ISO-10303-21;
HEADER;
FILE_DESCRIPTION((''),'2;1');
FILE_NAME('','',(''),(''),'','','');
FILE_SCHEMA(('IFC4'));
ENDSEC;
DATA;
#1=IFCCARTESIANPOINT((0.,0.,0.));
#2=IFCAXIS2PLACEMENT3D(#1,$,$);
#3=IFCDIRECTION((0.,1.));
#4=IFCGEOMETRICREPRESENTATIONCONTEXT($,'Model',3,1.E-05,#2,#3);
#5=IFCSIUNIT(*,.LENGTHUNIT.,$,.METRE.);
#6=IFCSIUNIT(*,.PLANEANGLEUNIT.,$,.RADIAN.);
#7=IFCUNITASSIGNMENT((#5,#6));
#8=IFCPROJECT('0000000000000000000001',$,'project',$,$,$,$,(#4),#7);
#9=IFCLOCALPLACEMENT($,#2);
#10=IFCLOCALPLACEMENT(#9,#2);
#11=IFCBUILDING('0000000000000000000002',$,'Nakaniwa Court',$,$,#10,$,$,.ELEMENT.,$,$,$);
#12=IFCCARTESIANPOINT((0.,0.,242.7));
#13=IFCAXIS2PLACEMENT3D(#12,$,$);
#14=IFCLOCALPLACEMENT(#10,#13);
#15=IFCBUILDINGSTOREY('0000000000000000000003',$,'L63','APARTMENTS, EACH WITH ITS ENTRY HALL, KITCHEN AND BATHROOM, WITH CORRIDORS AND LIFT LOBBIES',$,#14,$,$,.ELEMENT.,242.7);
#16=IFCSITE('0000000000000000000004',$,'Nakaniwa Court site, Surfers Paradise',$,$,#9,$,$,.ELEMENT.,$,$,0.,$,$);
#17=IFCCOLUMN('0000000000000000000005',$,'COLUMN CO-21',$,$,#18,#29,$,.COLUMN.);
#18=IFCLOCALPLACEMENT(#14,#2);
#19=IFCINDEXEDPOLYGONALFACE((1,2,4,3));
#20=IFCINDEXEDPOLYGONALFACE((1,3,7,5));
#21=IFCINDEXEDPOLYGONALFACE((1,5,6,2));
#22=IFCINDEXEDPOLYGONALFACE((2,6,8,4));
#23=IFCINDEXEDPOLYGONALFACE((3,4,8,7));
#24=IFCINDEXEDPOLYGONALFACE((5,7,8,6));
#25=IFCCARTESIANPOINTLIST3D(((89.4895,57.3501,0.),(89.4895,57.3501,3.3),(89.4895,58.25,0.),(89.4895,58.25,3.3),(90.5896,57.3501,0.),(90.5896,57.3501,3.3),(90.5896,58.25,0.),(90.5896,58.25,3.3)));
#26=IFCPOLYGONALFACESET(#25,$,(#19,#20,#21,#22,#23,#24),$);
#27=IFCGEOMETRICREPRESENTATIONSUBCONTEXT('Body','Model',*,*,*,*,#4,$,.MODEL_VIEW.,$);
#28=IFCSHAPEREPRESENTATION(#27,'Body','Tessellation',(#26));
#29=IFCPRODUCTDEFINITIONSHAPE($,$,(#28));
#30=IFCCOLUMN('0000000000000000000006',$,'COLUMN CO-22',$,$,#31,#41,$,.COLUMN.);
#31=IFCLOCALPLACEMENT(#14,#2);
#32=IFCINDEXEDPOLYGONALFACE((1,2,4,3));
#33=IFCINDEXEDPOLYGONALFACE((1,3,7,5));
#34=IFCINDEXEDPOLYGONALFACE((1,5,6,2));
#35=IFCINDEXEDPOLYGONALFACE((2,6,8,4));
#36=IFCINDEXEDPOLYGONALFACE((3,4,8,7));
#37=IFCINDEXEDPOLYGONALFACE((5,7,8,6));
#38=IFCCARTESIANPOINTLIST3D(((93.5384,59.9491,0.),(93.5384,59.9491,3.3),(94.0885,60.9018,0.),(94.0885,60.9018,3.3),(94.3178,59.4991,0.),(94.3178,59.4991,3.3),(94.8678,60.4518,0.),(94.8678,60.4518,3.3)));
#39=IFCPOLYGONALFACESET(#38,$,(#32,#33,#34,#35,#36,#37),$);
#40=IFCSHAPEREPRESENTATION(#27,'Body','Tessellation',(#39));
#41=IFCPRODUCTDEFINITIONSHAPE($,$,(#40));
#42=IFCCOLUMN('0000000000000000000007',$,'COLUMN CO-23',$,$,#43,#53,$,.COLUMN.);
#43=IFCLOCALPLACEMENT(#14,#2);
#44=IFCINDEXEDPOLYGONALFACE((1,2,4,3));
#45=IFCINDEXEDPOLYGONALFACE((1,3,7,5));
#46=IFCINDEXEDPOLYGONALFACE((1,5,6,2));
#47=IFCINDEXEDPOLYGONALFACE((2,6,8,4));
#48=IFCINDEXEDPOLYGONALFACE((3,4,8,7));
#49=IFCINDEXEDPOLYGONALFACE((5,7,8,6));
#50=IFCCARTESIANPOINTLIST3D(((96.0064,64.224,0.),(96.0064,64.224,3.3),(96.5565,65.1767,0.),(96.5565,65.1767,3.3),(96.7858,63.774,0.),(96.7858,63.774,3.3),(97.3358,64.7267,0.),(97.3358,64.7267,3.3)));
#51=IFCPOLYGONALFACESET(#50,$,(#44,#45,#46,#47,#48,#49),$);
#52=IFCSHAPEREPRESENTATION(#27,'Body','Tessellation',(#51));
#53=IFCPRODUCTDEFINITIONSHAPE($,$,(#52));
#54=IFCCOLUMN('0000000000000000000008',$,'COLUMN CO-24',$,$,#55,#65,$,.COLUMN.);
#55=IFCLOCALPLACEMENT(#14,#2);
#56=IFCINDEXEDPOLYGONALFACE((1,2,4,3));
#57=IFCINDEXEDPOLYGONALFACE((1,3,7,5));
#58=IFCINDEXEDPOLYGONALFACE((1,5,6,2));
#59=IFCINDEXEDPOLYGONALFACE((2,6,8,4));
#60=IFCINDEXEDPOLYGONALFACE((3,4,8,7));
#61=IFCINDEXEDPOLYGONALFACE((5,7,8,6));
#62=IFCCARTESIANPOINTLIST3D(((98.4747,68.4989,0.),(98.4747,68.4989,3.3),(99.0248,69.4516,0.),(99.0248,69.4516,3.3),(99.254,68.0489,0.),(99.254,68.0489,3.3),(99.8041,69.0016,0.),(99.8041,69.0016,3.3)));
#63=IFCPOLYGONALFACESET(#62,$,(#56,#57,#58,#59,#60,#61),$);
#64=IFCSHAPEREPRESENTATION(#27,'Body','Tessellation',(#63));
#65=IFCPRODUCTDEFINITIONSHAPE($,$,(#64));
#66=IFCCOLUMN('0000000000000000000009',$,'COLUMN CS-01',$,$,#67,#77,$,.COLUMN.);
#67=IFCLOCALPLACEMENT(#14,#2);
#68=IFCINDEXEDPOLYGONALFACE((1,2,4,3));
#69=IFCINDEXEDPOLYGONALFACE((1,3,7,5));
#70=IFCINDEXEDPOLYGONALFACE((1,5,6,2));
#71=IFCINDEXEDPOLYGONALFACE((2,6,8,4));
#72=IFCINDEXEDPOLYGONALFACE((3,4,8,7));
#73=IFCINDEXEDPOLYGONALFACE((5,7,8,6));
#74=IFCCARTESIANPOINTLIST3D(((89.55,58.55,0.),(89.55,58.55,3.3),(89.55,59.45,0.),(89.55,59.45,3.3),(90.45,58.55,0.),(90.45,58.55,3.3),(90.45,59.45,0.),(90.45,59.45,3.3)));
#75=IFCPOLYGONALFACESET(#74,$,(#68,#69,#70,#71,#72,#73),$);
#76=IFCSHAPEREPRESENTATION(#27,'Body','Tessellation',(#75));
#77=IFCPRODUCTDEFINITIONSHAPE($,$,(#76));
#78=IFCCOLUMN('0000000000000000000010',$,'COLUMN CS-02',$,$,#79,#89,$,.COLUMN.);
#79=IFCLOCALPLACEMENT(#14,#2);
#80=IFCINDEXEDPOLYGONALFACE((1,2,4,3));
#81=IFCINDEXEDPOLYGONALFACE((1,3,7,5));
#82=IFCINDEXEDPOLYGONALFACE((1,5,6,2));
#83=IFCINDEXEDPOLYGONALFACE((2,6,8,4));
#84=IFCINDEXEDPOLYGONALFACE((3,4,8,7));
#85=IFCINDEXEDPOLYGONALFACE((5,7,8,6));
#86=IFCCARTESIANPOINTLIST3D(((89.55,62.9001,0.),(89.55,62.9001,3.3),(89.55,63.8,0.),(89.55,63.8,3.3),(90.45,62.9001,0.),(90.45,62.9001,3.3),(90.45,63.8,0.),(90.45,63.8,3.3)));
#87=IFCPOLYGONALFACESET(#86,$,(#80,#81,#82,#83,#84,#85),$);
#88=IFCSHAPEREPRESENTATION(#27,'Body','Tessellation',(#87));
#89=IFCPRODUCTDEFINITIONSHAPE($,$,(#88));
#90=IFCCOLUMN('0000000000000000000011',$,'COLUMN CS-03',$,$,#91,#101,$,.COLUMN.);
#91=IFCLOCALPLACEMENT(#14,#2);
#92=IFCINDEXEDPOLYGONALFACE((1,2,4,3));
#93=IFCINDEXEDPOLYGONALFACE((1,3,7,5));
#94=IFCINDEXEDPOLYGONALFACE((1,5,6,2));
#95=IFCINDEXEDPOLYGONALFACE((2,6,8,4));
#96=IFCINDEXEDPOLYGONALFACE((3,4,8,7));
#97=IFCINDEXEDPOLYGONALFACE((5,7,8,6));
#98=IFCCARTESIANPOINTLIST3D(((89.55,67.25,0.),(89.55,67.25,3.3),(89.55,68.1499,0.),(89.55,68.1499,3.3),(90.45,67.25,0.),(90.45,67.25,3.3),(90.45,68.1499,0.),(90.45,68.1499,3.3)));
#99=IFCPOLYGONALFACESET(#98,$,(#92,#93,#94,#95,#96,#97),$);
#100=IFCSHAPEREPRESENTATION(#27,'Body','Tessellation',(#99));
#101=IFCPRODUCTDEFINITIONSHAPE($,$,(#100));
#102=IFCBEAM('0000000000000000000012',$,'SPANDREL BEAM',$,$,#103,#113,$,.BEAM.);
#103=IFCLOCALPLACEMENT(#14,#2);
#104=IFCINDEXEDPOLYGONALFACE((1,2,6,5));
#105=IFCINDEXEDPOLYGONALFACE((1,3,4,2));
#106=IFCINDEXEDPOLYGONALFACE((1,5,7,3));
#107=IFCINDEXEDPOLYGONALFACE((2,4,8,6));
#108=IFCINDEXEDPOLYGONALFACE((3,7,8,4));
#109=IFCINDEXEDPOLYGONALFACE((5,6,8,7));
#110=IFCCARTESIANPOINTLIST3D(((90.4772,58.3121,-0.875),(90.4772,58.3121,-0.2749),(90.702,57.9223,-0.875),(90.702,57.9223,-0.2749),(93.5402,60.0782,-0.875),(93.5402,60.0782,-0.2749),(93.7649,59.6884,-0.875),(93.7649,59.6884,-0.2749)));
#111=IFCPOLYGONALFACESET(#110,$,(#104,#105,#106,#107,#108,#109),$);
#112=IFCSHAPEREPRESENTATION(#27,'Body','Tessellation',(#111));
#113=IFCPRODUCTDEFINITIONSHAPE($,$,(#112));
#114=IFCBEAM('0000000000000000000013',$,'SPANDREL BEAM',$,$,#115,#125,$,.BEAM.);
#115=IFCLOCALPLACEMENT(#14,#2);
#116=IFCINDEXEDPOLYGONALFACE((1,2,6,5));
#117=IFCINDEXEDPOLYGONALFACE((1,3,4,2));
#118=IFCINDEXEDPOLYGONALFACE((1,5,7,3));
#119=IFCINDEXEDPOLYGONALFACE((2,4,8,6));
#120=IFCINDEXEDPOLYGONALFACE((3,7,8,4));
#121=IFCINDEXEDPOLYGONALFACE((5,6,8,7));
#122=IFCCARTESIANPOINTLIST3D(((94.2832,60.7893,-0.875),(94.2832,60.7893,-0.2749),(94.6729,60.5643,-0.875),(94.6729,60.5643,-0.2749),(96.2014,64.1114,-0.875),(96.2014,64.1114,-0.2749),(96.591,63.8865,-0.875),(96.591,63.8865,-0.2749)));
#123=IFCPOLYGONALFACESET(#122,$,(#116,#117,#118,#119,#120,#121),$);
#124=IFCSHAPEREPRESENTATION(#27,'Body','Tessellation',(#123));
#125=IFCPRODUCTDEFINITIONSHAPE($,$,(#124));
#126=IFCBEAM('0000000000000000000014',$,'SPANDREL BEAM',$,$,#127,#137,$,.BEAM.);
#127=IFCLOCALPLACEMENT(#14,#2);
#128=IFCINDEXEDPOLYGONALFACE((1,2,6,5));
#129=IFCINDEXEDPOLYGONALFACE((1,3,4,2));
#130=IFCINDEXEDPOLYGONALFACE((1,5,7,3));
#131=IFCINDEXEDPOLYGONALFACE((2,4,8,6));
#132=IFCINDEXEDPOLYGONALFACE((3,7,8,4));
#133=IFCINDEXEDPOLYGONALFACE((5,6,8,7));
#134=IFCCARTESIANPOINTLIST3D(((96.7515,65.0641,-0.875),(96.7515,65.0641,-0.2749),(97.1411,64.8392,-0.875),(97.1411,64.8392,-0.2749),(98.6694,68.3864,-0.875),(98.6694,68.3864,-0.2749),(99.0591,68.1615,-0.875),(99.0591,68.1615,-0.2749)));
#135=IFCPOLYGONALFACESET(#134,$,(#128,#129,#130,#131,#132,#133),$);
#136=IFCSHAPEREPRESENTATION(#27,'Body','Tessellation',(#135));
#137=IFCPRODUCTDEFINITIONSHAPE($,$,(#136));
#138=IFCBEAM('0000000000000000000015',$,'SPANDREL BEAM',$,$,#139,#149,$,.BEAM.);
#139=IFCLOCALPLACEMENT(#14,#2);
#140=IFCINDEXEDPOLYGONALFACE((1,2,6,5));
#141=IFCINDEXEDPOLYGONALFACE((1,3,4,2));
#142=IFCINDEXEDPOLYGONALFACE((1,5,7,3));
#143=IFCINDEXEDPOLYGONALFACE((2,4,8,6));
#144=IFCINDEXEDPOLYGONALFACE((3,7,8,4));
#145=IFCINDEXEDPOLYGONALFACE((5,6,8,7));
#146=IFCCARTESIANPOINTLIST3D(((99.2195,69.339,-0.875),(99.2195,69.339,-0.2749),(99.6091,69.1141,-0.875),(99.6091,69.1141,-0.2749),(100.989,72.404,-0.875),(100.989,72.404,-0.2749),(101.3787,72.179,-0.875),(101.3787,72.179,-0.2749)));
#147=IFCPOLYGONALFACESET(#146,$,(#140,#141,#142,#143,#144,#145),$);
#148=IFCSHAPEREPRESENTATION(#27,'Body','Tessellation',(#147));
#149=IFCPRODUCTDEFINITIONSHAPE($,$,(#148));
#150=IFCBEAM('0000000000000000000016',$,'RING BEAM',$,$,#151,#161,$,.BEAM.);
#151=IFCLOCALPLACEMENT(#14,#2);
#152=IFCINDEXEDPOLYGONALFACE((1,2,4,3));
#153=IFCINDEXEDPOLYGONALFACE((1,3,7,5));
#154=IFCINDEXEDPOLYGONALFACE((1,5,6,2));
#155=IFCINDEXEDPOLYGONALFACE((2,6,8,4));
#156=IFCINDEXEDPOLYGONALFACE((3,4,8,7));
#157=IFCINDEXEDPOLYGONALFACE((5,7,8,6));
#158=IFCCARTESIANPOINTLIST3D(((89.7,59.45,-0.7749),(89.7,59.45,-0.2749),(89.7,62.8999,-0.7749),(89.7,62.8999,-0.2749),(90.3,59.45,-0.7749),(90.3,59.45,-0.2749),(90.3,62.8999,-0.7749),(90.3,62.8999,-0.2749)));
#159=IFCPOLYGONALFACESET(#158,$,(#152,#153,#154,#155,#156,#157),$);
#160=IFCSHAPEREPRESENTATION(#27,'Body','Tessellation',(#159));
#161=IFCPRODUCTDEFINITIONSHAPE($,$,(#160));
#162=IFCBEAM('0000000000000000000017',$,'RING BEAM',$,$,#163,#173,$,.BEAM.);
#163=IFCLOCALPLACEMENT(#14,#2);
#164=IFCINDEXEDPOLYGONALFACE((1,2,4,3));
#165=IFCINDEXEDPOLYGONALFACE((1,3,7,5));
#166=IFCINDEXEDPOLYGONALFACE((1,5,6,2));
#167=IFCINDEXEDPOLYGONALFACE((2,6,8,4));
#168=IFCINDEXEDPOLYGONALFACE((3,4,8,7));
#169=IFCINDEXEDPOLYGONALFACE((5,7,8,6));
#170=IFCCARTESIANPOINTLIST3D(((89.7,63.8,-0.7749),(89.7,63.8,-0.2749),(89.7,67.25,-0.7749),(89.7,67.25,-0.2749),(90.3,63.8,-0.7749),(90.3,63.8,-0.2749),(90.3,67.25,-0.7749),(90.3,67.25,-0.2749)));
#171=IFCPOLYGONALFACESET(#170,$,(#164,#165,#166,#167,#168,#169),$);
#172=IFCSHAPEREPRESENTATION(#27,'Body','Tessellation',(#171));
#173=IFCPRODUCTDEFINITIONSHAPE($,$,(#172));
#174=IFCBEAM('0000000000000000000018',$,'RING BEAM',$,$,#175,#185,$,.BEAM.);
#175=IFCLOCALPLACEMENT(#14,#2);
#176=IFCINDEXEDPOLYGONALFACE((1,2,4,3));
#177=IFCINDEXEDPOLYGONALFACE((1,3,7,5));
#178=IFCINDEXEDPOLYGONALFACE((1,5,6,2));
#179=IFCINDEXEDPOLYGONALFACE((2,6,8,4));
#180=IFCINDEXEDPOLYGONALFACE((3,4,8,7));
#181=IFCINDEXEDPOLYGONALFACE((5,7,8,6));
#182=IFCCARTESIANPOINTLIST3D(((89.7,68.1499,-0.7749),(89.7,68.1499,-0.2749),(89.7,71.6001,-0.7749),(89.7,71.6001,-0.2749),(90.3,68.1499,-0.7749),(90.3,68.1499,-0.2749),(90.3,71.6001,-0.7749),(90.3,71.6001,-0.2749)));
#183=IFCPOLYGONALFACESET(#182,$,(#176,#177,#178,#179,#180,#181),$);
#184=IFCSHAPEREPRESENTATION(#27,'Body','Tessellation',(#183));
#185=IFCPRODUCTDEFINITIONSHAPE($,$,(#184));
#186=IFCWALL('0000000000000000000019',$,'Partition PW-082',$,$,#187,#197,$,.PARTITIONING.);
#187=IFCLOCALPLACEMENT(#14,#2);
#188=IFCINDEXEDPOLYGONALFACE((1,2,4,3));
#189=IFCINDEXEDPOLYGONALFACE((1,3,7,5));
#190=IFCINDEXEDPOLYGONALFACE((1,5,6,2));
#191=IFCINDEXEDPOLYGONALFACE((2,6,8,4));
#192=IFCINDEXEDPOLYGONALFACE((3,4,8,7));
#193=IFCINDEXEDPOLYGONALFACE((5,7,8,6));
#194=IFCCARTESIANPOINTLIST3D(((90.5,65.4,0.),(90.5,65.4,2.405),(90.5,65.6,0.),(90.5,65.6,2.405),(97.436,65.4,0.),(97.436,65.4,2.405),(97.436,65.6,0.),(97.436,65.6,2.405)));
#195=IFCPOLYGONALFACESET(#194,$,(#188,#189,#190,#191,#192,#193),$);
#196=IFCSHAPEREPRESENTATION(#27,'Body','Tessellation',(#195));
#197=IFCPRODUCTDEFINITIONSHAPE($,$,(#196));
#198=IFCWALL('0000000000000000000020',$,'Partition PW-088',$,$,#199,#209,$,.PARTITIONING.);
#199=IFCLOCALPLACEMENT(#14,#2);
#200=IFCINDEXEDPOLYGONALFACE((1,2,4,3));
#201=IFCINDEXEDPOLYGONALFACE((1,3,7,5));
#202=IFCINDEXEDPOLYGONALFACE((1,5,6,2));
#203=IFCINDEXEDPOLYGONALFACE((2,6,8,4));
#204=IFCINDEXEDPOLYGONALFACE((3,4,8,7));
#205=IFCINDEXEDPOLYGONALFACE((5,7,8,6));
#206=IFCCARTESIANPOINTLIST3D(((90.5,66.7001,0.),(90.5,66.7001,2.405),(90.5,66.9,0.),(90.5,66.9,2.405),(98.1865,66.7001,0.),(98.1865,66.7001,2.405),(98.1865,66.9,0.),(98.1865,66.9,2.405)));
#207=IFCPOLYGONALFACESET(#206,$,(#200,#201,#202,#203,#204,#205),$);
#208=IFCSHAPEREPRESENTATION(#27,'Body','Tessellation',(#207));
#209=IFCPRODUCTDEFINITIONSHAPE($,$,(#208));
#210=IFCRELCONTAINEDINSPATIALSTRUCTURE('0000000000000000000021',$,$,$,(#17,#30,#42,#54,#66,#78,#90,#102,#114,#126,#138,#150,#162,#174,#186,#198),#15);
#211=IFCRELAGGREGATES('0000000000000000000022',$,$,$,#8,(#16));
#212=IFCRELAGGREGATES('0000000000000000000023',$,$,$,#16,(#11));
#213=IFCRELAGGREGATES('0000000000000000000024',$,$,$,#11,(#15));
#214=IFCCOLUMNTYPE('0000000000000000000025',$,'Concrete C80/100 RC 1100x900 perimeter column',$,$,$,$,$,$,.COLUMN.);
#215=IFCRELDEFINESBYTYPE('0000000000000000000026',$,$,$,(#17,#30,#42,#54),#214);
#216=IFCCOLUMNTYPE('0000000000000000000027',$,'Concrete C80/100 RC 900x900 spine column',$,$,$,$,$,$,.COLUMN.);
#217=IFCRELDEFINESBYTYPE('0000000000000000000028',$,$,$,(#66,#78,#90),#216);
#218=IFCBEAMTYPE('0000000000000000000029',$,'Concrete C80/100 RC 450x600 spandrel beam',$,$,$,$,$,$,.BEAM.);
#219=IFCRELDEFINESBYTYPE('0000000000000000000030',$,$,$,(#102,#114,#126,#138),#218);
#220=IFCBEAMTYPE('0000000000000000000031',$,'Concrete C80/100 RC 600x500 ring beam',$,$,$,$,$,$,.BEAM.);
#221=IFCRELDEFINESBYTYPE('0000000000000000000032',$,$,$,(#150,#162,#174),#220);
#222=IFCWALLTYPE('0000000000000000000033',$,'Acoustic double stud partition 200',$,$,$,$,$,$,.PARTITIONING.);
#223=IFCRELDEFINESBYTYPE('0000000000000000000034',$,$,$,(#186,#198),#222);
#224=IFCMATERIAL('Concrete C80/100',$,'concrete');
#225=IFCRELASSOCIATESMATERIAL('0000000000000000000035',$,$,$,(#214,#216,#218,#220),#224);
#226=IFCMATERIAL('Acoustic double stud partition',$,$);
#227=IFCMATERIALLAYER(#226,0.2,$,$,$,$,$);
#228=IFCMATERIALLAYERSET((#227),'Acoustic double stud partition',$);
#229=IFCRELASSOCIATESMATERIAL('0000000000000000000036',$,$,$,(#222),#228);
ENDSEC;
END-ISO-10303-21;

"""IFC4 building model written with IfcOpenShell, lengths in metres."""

from ifc_helpers import new_model, si_unit, direction, frame, frame_2d, origin, origin_2d, place, context, subcontext, project, spatial, rectangle, extrude, material, layer, layer_set, material_profile, profile_set, type_object, element, save


model = new_model("IFC4")

# Units and contexts
model_context = context("Model", 3, precision=1e-05, world=origin(), true_north=direction((0.0, 1.0)))
body_context = subcontext(model_context, "Body", "Model", "MODEL_VIEW")
ifc_project = project(units=[si_unit("LENGTHUNIT", "METRE"), si_unit("PLANEANGLEUNIT", "RADIAN")], contexts=[model_context])

# Site, building, storey
site_placement = place(None, origin())
site = spatial("IfcSite", under=ifc_project, at=site_placement, Name="Nakaniwa Court site, Surfers Paradise", CompositionType="ELEMENT", RefElevation=0.0)
building_placement = place(site_placement, origin())
building = spatial("IfcBuilding", under=site, at=building_placement, Name="Nakaniwa Court", CompositionType="ELEMENT")
storey_placement = place(building_placement, frame((0.0, 0.0, 242.7)))
storey = spatial("IfcBuildingStorey", under=building, at=storey_placement, Name="L63", Description="APARTMENTS, EACH WITH ITS ENTRY HALL, KITCHEN AND BATHROOM, WITH CORRIDORS AND LIFT LOBBIES", CompositionType="ELEMENT", Elevation=242.7)

# Columns
ifc_material_1 = material(Name="Concrete C80/100", Category="concrete")
ifc_material_profile_1 = material_profile(ifc_material_1, rectangle(XDim=1.1001, YDim=0.8999, at=origin_2d()), Name="Concrete C80/100 RC 1100x900 perimeter column")
ifc_profile_set_1 = profile_set([ifc_material_profile_1], Name="Concrete C80/100")
column_type_1 = type_object("IfcColumnType", Name="Concrete C80/100 RC 1100x900 perimeter column", PredefinedType="COLUMN", material=ifc_profile_set_1)
for number, where, z_axis, x_axis, name in (
    (1, (90.0396, 57.8, 0.0), (0.0, 0.0, 1.0), (1.0, 0.0, 0.0), "COLUMN CO-21"),
    (2, (94.2031, 60.2004, 0.0), (0.0, 0.0, 1.0), (0.5, 0.866025, 0.0), "COLUMN CO-22"),
    (3, (96.6711, 64.4753, 0.0), (0.0, 0.0, 1.0), (0.5, 0.866025, 0.0), "COLUMN CO-23"),
    (4, (99.1394, 68.7502, 0.0), (0.0, 0.0, 1.0), (0.5, 0.866025, 0.0), "COLUMN CO-24"),
):
    element("IfcColumn", number, at=place(storey_placement, frame(where, z_axis=z_axis, x_axis=x_axis)), inside=storey, type_object=column_type_1, Name=name, PredefinedType="COLUMN", context=body_context, shape_type="SweptSolid", body=[
        extrude(rectangle(XDim=1.1001, YDim=0.8999, at=origin_2d()), origin(), (0.0, 0.0, 1.0), 3.3),
    ])
ifc_material_profile_2 = material_profile(ifc_material_1, rectangle(XDim=0.8999, YDim=0.8999, at=origin_2d()), Name="Concrete C80/100 RC 900x900 spine column")
ifc_profile_set_2 = profile_set([ifc_material_profile_2], Name="Concrete C80/100")
column_type_2 = type_object("IfcColumnType", Name="Concrete C80/100 RC 900x900 spine column", PredefinedType="COLUMN", material=ifc_profile_set_2)
for number, where, z_axis, x_axis, name in (
    (5, (90.0, 59.0, 0.0), (0.0, 0.0, 1.0), (0.0, 1.0, 0.0), "COLUMN CS-01"),
    (6, (90.0, 63.3501, 0.0), (0.0, 0.0, 1.0), (0.0, 1.0, 0.0), "COLUMN CS-02"),
    (7, (90.0, 67.7, 0.0), (0.0, 0.0, 1.0), (0.0, 1.0, 0.0), "COLUMN CS-03"),
):
    element("IfcColumn", number, at=place(storey_placement, frame(where, z_axis=z_axis, x_axis=x_axis)), inside=storey, type_object=column_type_2, Name=name, PredefinedType="COLUMN", context=body_context, shape_type="SweptSolid", body=[
        extrude(rectangle(XDim=0.8999, YDim=0.8999, at=origin_2d()), origin(), (0.0, 0.0, 1.0), 3.3),
    ])

# Beams
ifc_material_profile_3 = material_profile(ifc_material_1, rectangle(XDim=0.45, YDim=0.6001, at=origin_2d()), Name="Concrete C80/100 RC 450x600 spandrel beam")
ifc_profile_set_3 = profile_set([ifc_material_profile_3], Name="Concrete C80/100")
beam_type_1 = type_object("IfcBeamType", Name="Concrete C80/100 RC 450x600 spandrel beam", PredefinedType="BEAM", material=ifc_profile_set_3)
beam_1_placement = place(storey_placement, frame((90.5896, 58.1172, -0.575), z_axis=(0.866307, 0.499511, 0.0), x_axis=(-0.499511, 0.866307, 0.0)))
element("IfcBeam", 8, at=beam_1_placement, inside=storey, type_object=beam_type_1, Name="SPANDREL BEAM", PredefinedType="BEAM", context=body_context, shape_type="SweptSolid", body=[
    extrude(rectangle(XDim=0.45, YDim=0.6001, at=origin_2d()), origin(), (0.0, 0.0, 1.0), 3.5356),
])
for number, where, z_axis, x_axis, name in (
    (9, (94.478, 60.6768, -0.575), (0.50002, 0.866014, 0.0), (-0.866014, 0.50002, 0.0), "SPANDREL BEAM"),
    (10, (96.9463, 64.9517, -0.575), (0.499972, 0.866041, 0.0), (-0.866041, 0.499972, 0.0), "SPANDREL BEAM"),
):
    element("IfcBeam", number, at=place(storey_placement, frame(where, z_axis=z_axis, x_axis=x_axis)), inside=storey, type_object=beam_type_1, Name=name, PredefinedType="BEAM", context=body_context, shape_type="SweptSolid", body=[
        extrude(rectangle(XDim=0.45, YDim=0.6001, at=origin_2d()), origin(), (0.0, 0.0, 1.0), 3.8362),
    ])
beam_2_placement = place(storey_placement, frame((99.4143, 69.2266, -0.575), z_axis=(0.499997, 0.866027, 0.0), x_axis=(-0.866027, 0.499997, 0.0)))
element("IfcBeam", 11, at=beam_2_placement, inside=storey, type_object=beam_type_1, Name="SPANDREL BEAM", PredefinedType="BEAM", context=body_context, shape_type="SweptSolid", body=[
    extrude(rectangle(XDim=0.45, YDim=0.6001, at=origin_2d()), origin(), (0.0, 0.0, 1.0), 3.5391),
])
ifc_material_profile_4 = material_profile(ifc_material_1, rectangle(XDim=0.6001, YDim=0.5, at=origin_2d()), Name="Concrete C80/100 RC 600x500 ring beam")
ifc_profile_set_4 = profile_set([ifc_material_profile_4], Name="Concrete C80/100")
beam_type_2 = type_object("IfcBeamType", Name="Concrete C80/100 RC 600x500 ring beam", PredefinedType="BEAM", material=ifc_profile_set_4)
for number, where, z_axis, x_axis, name in (
    (12, (90.0, 59.45, -0.5249), (0.0, 1.0, 0.0), (-1.0, 0.0, 0.0), "RING BEAM"),
    (13, (90.0, 63.8, -0.5249), (0.0, 1.0, 0.0), (-1.0, 0.0, 0.0), "RING BEAM"),
):
    element("IfcBeam", number, at=place(storey_placement, frame(where, z_axis=z_axis, x_axis=x_axis)), inside=storey, type_object=beam_type_2, Name=name, PredefinedType="BEAM", context=body_context, shape_type="SweptSolid", body=[
        extrude(rectangle(XDim=0.6001, YDim=0.5, at=origin_2d()), origin(), (0.0, 0.0, 1.0), 3.45),
    ])
beam_3_placement = place(storey_placement, frame((90.0, 68.1499, -0.5249), z_axis=(0.0, 1.0, 0.0), x_axis=(-1.0, 0.0, 0.0)))
element("IfcBeam", 14, at=beam_3_placement, inside=storey, type_object=beam_type_2, Name="RING BEAM", PredefinedType="BEAM", context=body_context, shape_type="SweptSolid", body=[
    extrude(rectangle(XDim=0.6001, YDim=0.5, at=origin_2d()), origin(), (0.0, 0.0, 1.0), 3.4502),
])

# Walls
ifc_material_2 = material(Name="Acoustic double stud partition")
ifc_layer_1 = layer(ifc_material_2, 0.2)
ifc_layer_set_1 = layer_set([ifc_layer_1], Name="Acoustic double stud partition")
wall_type_1 = type_object("IfcWallType", Name="Acoustic double stud partition 200", PredefinedType="PARTITIONING", material=ifc_layer_set_1)
wall_1_placement = place(storey_placement, frame((90.5, 65.5, 0.0), z_axis=(0.0, 0.0, 1.0), x_axis=(1.0, 0.0, 0.0)))
element("IfcWall", 15, at=wall_1_placement, inside=storey, type_object=wall_type_1, Name="Partition PW-082", PredefinedType="PARTITIONING", context=body_context, shape_type="SweptSolid", body=[
    extrude(rectangle(XDim=6.936, YDim=0.2, at=frame_2d((3.468, 0.0))), origin(), (0.0, 0.0, 1.0), 2.405),
])
wall_2_placement = place(storey_placement, frame((90.5, 66.8, 0.0), z_axis=(0.0, 0.0, 1.0), x_axis=(1.0, 0.0, 0.0)))
element("IfcWall", 16, at=wall_2_placement, inside=storey, type_object=wall_type_1, Name="Partition PW-088", PredefinedType="PARTITIONING", context=body_context, shape_type="SweptSolid", body=[
    extrude(rectangle(XDim=7.6865, YDim=0.2, at=frame_2d((3.8433, 0.0))), origin(), (0.0, 0.0, 1.0), 2.405),
])

save(model, "model.ifc")
